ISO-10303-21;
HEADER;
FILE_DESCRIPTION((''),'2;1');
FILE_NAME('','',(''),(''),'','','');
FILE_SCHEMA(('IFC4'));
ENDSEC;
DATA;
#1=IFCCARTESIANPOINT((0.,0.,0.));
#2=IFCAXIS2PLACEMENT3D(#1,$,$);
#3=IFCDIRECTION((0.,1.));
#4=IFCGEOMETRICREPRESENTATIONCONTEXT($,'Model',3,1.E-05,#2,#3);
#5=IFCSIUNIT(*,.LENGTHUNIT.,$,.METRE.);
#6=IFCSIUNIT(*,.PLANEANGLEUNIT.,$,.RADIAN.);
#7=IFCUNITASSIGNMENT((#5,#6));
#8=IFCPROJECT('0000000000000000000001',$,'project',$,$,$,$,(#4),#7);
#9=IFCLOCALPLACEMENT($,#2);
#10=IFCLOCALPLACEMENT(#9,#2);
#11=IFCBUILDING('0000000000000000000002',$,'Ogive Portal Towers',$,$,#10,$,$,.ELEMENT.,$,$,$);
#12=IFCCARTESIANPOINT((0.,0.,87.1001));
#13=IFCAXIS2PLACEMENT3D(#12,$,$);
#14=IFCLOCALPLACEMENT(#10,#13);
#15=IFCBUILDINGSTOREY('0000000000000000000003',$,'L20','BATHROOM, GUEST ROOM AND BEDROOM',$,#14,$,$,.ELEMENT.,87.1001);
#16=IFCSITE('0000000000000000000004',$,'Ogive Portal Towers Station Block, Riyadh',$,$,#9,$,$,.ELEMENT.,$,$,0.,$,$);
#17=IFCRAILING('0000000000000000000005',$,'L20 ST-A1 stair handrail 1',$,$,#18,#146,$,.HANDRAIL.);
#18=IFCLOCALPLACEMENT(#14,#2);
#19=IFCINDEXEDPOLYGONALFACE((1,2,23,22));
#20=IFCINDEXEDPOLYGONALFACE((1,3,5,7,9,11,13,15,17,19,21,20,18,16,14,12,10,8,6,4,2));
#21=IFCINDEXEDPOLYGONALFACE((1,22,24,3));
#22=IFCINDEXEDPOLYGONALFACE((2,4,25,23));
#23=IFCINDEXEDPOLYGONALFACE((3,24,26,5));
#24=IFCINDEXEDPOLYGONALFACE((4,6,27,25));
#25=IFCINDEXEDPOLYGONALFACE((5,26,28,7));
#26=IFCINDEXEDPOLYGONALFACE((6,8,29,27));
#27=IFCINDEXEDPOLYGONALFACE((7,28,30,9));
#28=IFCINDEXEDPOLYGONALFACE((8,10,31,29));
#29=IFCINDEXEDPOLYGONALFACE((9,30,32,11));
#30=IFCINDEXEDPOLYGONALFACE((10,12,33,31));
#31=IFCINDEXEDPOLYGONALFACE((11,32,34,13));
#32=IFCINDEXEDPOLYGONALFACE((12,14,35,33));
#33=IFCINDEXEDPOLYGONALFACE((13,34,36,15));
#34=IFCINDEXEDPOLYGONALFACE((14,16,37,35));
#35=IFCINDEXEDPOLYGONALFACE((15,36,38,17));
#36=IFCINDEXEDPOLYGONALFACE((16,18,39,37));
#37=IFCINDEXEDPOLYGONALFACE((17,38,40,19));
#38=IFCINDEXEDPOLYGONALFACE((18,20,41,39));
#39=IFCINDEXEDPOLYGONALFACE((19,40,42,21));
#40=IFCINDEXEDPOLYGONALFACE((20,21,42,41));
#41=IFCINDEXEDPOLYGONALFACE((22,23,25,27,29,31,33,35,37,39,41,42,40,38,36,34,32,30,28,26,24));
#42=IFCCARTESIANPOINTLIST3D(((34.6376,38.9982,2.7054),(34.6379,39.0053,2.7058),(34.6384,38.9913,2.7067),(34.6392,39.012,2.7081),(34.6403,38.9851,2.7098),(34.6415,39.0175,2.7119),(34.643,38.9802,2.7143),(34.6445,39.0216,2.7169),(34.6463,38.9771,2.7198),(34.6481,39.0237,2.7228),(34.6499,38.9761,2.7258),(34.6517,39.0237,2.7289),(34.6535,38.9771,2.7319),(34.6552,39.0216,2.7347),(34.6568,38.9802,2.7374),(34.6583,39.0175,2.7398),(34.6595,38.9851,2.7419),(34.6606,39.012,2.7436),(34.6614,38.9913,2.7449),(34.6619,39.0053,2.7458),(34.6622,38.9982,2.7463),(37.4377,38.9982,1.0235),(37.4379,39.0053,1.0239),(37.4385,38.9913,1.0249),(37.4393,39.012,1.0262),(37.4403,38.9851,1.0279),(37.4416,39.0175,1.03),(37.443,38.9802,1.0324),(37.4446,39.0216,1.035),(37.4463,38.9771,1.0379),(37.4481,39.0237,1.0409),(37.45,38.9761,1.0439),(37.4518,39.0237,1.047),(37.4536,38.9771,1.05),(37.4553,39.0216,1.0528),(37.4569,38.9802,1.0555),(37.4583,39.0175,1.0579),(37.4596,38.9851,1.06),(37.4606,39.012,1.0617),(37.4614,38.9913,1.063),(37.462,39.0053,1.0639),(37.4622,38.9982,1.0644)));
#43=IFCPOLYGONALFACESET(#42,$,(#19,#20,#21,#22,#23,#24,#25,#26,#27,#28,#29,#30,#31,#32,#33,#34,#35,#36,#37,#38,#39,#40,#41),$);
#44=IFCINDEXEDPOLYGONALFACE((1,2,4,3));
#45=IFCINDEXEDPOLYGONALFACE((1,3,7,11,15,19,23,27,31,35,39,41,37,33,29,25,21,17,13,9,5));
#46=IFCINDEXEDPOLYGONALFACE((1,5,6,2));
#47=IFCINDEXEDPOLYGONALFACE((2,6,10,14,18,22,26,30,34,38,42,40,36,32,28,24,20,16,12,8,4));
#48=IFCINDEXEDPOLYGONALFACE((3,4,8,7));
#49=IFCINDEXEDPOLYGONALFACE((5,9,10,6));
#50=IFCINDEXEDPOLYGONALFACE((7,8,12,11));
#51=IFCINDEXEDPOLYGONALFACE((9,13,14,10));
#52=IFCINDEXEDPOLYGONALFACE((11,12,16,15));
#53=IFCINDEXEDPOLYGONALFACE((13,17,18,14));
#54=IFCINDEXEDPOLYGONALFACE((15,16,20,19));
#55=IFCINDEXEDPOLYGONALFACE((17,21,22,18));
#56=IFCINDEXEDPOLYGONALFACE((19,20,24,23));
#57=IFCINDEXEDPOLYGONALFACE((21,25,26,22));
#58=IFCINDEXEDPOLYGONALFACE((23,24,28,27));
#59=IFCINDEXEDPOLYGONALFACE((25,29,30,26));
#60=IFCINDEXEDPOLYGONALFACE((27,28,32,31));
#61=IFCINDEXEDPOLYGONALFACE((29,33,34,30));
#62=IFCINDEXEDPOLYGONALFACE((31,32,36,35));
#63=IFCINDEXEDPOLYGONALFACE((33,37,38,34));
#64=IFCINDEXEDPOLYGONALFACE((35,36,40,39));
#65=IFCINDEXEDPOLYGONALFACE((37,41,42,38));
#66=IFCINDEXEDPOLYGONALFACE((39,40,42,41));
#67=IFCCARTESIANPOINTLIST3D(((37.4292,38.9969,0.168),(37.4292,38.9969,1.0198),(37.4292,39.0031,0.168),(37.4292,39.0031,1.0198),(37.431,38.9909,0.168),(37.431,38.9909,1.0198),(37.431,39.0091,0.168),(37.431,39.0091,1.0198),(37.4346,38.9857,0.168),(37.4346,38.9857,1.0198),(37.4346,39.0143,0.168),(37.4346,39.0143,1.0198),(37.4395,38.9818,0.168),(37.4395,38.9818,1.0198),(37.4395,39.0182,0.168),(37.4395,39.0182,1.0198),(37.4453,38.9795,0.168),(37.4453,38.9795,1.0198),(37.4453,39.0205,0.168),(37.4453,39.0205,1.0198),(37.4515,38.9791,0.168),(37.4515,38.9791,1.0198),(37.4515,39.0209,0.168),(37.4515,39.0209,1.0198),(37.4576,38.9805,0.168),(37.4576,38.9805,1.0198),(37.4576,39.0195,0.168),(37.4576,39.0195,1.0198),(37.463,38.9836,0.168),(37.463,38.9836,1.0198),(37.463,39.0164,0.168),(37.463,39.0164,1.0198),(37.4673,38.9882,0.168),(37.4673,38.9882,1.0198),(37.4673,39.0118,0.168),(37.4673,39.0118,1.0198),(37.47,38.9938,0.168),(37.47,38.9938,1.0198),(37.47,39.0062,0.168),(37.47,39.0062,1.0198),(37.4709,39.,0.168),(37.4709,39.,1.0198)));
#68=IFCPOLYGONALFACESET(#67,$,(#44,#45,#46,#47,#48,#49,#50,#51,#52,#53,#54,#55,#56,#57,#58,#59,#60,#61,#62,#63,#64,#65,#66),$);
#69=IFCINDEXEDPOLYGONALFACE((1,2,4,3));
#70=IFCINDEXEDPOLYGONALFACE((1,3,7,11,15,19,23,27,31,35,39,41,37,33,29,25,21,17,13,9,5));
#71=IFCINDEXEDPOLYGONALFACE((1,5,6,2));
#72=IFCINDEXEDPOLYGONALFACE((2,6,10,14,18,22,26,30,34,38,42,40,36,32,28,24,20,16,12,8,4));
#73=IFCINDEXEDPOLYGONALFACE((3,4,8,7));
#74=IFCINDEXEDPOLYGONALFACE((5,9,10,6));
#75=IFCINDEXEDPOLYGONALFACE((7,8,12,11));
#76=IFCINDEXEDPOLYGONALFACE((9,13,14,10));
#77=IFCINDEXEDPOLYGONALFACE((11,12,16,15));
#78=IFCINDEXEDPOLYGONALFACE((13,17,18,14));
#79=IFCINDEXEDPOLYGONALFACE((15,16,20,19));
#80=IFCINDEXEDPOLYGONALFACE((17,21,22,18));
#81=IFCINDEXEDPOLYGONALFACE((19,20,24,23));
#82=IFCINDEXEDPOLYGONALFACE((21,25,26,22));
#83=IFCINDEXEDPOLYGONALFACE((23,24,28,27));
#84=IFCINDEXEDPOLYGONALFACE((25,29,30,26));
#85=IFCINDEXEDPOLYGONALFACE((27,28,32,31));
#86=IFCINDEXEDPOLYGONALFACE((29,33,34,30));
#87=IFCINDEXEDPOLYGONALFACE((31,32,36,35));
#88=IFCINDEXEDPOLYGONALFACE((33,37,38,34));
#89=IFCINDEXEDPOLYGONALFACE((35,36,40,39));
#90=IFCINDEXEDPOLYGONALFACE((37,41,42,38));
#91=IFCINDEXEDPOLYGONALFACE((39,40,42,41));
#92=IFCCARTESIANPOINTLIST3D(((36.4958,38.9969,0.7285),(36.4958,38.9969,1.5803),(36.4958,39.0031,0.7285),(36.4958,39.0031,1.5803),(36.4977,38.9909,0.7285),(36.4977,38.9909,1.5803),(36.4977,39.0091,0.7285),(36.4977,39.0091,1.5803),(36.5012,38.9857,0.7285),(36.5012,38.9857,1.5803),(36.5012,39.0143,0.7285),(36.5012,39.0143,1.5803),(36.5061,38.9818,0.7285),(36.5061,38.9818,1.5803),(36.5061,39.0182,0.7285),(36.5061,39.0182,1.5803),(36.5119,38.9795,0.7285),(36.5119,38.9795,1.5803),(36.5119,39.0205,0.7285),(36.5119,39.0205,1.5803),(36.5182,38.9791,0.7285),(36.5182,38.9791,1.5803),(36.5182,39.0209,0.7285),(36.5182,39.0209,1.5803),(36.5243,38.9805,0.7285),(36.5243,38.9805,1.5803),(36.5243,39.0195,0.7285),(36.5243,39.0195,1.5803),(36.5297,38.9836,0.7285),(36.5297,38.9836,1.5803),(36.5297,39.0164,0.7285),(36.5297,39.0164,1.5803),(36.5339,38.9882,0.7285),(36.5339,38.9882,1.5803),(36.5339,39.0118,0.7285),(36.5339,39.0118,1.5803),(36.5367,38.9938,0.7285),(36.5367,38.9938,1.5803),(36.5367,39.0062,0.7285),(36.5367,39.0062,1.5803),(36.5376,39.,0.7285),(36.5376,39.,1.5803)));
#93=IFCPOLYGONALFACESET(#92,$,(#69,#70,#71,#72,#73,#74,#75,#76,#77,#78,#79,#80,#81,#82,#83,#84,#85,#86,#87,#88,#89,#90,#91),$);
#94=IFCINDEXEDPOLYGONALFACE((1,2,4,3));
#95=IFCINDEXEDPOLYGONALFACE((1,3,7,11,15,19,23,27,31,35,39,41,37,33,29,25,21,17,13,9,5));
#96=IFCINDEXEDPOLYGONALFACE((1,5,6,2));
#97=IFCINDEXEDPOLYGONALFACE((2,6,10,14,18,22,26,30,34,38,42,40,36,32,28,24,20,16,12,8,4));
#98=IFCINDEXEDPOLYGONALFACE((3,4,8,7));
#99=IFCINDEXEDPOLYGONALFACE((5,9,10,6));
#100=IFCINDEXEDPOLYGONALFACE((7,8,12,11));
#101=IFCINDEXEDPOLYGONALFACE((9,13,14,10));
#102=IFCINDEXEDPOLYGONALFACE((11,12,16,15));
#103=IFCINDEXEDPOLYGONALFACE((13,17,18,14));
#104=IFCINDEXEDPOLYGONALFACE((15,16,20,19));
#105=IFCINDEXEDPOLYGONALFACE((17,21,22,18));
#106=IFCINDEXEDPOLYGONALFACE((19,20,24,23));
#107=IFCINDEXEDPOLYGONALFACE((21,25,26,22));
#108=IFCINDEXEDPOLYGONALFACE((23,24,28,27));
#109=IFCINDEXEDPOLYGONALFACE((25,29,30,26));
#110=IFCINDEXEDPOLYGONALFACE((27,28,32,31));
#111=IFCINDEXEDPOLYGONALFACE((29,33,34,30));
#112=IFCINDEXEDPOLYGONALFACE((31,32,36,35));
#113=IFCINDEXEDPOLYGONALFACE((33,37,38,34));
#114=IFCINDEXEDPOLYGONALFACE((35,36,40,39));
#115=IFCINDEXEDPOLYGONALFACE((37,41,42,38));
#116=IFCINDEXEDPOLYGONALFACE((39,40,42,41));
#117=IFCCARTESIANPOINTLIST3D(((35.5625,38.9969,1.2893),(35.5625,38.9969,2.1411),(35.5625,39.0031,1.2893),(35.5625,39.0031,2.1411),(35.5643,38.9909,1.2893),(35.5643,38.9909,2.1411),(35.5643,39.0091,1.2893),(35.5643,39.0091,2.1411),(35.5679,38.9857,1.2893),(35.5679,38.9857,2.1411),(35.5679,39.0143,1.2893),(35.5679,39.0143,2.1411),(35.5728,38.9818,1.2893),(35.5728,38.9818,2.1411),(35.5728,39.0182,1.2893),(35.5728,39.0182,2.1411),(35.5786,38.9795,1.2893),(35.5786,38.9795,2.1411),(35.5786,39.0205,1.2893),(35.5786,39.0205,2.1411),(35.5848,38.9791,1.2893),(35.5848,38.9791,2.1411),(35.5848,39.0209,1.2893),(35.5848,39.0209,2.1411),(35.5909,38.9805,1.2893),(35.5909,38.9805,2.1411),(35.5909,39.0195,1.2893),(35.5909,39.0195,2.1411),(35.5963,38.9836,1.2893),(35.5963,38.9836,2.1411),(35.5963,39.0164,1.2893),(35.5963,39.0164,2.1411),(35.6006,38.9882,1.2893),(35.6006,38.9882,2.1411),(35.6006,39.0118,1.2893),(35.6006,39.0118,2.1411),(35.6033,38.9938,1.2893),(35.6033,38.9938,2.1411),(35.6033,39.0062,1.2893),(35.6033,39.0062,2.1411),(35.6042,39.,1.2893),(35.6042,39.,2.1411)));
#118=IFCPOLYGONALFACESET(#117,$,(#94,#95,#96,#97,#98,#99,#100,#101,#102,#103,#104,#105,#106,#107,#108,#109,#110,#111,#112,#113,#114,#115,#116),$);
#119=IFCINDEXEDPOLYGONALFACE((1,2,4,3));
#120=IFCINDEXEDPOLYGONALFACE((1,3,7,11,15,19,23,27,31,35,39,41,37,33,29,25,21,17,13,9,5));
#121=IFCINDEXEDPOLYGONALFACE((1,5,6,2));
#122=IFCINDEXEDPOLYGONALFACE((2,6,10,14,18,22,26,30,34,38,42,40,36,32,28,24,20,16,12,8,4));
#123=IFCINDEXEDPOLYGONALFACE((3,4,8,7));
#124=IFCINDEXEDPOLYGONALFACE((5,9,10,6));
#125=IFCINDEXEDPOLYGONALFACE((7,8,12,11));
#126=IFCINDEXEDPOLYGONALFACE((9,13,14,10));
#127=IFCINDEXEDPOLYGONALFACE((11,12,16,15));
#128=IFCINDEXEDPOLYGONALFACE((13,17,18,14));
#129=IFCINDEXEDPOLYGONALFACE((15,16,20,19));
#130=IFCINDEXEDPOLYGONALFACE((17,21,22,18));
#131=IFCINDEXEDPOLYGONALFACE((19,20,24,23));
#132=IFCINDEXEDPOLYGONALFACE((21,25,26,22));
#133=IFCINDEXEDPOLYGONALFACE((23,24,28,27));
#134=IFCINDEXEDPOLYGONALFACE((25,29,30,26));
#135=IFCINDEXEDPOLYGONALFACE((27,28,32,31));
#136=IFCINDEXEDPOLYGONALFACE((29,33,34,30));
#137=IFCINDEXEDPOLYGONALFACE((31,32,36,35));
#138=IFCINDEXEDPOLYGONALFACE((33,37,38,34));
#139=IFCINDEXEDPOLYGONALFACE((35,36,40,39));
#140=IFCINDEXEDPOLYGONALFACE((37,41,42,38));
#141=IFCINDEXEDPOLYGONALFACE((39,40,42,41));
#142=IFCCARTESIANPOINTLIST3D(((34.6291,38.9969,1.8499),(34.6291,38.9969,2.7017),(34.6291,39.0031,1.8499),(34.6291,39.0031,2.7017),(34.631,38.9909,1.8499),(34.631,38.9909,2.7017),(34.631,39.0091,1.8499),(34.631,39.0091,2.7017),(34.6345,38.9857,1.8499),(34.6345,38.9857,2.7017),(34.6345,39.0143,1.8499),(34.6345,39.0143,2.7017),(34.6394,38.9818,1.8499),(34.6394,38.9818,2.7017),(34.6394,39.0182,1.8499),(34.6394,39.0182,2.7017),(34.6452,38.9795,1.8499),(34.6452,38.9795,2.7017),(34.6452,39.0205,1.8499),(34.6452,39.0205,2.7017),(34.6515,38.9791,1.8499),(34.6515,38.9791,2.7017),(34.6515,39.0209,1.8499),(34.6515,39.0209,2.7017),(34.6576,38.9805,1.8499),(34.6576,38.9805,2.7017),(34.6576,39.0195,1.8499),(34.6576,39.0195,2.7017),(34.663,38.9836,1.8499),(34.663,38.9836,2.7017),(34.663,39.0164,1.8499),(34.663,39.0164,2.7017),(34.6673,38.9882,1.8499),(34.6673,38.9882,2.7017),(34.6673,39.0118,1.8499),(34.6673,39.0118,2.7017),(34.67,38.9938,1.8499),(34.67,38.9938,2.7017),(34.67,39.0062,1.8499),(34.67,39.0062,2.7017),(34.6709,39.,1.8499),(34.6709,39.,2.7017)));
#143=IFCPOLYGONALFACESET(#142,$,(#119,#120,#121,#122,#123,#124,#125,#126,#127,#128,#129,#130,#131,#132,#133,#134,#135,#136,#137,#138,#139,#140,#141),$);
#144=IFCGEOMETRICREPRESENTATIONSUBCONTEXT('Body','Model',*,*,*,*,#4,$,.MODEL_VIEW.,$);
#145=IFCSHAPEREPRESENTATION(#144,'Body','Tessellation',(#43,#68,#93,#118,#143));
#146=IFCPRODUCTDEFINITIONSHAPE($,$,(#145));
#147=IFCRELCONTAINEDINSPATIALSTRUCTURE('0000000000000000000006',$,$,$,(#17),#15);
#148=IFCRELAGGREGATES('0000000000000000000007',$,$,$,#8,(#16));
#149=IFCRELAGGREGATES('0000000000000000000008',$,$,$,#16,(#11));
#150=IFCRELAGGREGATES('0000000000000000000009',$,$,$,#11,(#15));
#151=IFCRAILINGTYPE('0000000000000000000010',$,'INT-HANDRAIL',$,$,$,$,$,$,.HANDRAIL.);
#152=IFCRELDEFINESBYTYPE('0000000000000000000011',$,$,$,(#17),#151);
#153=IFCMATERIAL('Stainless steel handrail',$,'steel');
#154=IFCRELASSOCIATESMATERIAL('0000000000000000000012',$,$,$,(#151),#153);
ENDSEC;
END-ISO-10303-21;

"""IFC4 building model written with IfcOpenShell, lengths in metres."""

from ifc_helpers import new_model, si_unit, direction, frame, origin, origin_2d, place, context, subcontext, project, spatial, circle, extrude, material, type_object, element, save


model = new_model("IFC4")

# Units and contexts
model_context = context("Model", 3, precision=1e-05, world=origin(), true_north=direction((0.0, 1.0)))
body_context = subcontext(model_context, "Body", "Model", "MODEL_VIEW")
ifc_project = project(units=[si_unit("LENGTHUNIT", "METRE"), si_unit("PLANEANGLEUNIT", "RADIAN")], contexts=[model_context])

# Site, building, storey
site_placement = place(None, origin())
site = spatial("IfcSite", under=ifc_project, at=site_placement, Name="Ogive Portal Towers Station Block, Riyadh", CompositionType="ELEMENT", RefElevation=0.0)
building_placement = place(site_placement, origin())
building = spatial("IfcBuilding", under=site, at=building_placement, Name="Ogive Portal Towers", CompositionType="ELEMENT")
storey_placement = place(building_placement, frame((0.0, 0.0, 87.1001)))
storey = spatial("IfcBuildingStorey", under=building, at=storey_placement, Name="L20", Description="BATHROOM, GUEST ROOM AND BEDROOM", CompositionType="ELEMENT", Elevation=87.1001)

# Railing
ifc_material_1 = material(Name="Stainless steel handrail", Category="steel")
railing_type_1 = type_object("IfcRailingType", Name="INT-HANDRAIL", PredefinedType="HANDRAIL", material=ifc_material_1)
railing_1_placement = place(storey_placement, frame((37.45, 39.0, 0.168)))
element("IfcRailing", 1, at=railing_1_placement, inside=storey, type_object=railing_type_1, Name="L20 ST-A1 stair handrail 1", PredefinedType="HANDRAIL", context=body_context, shape_type="SweptSolid", body=[
    extrude(circle(Radius=0.0239, at=origin_2d()), frame((0.0, 0.0, 0.876), z_axis=(-0.857242, 0.0, 0.514913), x_axis=(0.0, -1.0, 0.0)), (0.0, 0.0, 1.0), 3.2664),
    extrude(circle(Radius=0.021, at=origin_2d()), origin(), (0.0, 0.0, 1.0), 0.8518),
    extrude(circle(Radius=0.021, at=origin_2d()), frame((-0.9333, 0.0, 0.5605)), (0.0, 0.0, 1.0), 0.8518),
    extrude(circle(Radius=0.021, at=origin_2d()), frame((-1.8667, 0.0, 1.1213)), (0.0, 0.0, 1.0), 0.8518),
    extrude(circle(Radius=0.021, at=origin_2d()), frame((-2.8, 0.0, 1.6819)), (0.0, 0.0, 1.0), 0.8518),
])

save(model, "model.ifc")
